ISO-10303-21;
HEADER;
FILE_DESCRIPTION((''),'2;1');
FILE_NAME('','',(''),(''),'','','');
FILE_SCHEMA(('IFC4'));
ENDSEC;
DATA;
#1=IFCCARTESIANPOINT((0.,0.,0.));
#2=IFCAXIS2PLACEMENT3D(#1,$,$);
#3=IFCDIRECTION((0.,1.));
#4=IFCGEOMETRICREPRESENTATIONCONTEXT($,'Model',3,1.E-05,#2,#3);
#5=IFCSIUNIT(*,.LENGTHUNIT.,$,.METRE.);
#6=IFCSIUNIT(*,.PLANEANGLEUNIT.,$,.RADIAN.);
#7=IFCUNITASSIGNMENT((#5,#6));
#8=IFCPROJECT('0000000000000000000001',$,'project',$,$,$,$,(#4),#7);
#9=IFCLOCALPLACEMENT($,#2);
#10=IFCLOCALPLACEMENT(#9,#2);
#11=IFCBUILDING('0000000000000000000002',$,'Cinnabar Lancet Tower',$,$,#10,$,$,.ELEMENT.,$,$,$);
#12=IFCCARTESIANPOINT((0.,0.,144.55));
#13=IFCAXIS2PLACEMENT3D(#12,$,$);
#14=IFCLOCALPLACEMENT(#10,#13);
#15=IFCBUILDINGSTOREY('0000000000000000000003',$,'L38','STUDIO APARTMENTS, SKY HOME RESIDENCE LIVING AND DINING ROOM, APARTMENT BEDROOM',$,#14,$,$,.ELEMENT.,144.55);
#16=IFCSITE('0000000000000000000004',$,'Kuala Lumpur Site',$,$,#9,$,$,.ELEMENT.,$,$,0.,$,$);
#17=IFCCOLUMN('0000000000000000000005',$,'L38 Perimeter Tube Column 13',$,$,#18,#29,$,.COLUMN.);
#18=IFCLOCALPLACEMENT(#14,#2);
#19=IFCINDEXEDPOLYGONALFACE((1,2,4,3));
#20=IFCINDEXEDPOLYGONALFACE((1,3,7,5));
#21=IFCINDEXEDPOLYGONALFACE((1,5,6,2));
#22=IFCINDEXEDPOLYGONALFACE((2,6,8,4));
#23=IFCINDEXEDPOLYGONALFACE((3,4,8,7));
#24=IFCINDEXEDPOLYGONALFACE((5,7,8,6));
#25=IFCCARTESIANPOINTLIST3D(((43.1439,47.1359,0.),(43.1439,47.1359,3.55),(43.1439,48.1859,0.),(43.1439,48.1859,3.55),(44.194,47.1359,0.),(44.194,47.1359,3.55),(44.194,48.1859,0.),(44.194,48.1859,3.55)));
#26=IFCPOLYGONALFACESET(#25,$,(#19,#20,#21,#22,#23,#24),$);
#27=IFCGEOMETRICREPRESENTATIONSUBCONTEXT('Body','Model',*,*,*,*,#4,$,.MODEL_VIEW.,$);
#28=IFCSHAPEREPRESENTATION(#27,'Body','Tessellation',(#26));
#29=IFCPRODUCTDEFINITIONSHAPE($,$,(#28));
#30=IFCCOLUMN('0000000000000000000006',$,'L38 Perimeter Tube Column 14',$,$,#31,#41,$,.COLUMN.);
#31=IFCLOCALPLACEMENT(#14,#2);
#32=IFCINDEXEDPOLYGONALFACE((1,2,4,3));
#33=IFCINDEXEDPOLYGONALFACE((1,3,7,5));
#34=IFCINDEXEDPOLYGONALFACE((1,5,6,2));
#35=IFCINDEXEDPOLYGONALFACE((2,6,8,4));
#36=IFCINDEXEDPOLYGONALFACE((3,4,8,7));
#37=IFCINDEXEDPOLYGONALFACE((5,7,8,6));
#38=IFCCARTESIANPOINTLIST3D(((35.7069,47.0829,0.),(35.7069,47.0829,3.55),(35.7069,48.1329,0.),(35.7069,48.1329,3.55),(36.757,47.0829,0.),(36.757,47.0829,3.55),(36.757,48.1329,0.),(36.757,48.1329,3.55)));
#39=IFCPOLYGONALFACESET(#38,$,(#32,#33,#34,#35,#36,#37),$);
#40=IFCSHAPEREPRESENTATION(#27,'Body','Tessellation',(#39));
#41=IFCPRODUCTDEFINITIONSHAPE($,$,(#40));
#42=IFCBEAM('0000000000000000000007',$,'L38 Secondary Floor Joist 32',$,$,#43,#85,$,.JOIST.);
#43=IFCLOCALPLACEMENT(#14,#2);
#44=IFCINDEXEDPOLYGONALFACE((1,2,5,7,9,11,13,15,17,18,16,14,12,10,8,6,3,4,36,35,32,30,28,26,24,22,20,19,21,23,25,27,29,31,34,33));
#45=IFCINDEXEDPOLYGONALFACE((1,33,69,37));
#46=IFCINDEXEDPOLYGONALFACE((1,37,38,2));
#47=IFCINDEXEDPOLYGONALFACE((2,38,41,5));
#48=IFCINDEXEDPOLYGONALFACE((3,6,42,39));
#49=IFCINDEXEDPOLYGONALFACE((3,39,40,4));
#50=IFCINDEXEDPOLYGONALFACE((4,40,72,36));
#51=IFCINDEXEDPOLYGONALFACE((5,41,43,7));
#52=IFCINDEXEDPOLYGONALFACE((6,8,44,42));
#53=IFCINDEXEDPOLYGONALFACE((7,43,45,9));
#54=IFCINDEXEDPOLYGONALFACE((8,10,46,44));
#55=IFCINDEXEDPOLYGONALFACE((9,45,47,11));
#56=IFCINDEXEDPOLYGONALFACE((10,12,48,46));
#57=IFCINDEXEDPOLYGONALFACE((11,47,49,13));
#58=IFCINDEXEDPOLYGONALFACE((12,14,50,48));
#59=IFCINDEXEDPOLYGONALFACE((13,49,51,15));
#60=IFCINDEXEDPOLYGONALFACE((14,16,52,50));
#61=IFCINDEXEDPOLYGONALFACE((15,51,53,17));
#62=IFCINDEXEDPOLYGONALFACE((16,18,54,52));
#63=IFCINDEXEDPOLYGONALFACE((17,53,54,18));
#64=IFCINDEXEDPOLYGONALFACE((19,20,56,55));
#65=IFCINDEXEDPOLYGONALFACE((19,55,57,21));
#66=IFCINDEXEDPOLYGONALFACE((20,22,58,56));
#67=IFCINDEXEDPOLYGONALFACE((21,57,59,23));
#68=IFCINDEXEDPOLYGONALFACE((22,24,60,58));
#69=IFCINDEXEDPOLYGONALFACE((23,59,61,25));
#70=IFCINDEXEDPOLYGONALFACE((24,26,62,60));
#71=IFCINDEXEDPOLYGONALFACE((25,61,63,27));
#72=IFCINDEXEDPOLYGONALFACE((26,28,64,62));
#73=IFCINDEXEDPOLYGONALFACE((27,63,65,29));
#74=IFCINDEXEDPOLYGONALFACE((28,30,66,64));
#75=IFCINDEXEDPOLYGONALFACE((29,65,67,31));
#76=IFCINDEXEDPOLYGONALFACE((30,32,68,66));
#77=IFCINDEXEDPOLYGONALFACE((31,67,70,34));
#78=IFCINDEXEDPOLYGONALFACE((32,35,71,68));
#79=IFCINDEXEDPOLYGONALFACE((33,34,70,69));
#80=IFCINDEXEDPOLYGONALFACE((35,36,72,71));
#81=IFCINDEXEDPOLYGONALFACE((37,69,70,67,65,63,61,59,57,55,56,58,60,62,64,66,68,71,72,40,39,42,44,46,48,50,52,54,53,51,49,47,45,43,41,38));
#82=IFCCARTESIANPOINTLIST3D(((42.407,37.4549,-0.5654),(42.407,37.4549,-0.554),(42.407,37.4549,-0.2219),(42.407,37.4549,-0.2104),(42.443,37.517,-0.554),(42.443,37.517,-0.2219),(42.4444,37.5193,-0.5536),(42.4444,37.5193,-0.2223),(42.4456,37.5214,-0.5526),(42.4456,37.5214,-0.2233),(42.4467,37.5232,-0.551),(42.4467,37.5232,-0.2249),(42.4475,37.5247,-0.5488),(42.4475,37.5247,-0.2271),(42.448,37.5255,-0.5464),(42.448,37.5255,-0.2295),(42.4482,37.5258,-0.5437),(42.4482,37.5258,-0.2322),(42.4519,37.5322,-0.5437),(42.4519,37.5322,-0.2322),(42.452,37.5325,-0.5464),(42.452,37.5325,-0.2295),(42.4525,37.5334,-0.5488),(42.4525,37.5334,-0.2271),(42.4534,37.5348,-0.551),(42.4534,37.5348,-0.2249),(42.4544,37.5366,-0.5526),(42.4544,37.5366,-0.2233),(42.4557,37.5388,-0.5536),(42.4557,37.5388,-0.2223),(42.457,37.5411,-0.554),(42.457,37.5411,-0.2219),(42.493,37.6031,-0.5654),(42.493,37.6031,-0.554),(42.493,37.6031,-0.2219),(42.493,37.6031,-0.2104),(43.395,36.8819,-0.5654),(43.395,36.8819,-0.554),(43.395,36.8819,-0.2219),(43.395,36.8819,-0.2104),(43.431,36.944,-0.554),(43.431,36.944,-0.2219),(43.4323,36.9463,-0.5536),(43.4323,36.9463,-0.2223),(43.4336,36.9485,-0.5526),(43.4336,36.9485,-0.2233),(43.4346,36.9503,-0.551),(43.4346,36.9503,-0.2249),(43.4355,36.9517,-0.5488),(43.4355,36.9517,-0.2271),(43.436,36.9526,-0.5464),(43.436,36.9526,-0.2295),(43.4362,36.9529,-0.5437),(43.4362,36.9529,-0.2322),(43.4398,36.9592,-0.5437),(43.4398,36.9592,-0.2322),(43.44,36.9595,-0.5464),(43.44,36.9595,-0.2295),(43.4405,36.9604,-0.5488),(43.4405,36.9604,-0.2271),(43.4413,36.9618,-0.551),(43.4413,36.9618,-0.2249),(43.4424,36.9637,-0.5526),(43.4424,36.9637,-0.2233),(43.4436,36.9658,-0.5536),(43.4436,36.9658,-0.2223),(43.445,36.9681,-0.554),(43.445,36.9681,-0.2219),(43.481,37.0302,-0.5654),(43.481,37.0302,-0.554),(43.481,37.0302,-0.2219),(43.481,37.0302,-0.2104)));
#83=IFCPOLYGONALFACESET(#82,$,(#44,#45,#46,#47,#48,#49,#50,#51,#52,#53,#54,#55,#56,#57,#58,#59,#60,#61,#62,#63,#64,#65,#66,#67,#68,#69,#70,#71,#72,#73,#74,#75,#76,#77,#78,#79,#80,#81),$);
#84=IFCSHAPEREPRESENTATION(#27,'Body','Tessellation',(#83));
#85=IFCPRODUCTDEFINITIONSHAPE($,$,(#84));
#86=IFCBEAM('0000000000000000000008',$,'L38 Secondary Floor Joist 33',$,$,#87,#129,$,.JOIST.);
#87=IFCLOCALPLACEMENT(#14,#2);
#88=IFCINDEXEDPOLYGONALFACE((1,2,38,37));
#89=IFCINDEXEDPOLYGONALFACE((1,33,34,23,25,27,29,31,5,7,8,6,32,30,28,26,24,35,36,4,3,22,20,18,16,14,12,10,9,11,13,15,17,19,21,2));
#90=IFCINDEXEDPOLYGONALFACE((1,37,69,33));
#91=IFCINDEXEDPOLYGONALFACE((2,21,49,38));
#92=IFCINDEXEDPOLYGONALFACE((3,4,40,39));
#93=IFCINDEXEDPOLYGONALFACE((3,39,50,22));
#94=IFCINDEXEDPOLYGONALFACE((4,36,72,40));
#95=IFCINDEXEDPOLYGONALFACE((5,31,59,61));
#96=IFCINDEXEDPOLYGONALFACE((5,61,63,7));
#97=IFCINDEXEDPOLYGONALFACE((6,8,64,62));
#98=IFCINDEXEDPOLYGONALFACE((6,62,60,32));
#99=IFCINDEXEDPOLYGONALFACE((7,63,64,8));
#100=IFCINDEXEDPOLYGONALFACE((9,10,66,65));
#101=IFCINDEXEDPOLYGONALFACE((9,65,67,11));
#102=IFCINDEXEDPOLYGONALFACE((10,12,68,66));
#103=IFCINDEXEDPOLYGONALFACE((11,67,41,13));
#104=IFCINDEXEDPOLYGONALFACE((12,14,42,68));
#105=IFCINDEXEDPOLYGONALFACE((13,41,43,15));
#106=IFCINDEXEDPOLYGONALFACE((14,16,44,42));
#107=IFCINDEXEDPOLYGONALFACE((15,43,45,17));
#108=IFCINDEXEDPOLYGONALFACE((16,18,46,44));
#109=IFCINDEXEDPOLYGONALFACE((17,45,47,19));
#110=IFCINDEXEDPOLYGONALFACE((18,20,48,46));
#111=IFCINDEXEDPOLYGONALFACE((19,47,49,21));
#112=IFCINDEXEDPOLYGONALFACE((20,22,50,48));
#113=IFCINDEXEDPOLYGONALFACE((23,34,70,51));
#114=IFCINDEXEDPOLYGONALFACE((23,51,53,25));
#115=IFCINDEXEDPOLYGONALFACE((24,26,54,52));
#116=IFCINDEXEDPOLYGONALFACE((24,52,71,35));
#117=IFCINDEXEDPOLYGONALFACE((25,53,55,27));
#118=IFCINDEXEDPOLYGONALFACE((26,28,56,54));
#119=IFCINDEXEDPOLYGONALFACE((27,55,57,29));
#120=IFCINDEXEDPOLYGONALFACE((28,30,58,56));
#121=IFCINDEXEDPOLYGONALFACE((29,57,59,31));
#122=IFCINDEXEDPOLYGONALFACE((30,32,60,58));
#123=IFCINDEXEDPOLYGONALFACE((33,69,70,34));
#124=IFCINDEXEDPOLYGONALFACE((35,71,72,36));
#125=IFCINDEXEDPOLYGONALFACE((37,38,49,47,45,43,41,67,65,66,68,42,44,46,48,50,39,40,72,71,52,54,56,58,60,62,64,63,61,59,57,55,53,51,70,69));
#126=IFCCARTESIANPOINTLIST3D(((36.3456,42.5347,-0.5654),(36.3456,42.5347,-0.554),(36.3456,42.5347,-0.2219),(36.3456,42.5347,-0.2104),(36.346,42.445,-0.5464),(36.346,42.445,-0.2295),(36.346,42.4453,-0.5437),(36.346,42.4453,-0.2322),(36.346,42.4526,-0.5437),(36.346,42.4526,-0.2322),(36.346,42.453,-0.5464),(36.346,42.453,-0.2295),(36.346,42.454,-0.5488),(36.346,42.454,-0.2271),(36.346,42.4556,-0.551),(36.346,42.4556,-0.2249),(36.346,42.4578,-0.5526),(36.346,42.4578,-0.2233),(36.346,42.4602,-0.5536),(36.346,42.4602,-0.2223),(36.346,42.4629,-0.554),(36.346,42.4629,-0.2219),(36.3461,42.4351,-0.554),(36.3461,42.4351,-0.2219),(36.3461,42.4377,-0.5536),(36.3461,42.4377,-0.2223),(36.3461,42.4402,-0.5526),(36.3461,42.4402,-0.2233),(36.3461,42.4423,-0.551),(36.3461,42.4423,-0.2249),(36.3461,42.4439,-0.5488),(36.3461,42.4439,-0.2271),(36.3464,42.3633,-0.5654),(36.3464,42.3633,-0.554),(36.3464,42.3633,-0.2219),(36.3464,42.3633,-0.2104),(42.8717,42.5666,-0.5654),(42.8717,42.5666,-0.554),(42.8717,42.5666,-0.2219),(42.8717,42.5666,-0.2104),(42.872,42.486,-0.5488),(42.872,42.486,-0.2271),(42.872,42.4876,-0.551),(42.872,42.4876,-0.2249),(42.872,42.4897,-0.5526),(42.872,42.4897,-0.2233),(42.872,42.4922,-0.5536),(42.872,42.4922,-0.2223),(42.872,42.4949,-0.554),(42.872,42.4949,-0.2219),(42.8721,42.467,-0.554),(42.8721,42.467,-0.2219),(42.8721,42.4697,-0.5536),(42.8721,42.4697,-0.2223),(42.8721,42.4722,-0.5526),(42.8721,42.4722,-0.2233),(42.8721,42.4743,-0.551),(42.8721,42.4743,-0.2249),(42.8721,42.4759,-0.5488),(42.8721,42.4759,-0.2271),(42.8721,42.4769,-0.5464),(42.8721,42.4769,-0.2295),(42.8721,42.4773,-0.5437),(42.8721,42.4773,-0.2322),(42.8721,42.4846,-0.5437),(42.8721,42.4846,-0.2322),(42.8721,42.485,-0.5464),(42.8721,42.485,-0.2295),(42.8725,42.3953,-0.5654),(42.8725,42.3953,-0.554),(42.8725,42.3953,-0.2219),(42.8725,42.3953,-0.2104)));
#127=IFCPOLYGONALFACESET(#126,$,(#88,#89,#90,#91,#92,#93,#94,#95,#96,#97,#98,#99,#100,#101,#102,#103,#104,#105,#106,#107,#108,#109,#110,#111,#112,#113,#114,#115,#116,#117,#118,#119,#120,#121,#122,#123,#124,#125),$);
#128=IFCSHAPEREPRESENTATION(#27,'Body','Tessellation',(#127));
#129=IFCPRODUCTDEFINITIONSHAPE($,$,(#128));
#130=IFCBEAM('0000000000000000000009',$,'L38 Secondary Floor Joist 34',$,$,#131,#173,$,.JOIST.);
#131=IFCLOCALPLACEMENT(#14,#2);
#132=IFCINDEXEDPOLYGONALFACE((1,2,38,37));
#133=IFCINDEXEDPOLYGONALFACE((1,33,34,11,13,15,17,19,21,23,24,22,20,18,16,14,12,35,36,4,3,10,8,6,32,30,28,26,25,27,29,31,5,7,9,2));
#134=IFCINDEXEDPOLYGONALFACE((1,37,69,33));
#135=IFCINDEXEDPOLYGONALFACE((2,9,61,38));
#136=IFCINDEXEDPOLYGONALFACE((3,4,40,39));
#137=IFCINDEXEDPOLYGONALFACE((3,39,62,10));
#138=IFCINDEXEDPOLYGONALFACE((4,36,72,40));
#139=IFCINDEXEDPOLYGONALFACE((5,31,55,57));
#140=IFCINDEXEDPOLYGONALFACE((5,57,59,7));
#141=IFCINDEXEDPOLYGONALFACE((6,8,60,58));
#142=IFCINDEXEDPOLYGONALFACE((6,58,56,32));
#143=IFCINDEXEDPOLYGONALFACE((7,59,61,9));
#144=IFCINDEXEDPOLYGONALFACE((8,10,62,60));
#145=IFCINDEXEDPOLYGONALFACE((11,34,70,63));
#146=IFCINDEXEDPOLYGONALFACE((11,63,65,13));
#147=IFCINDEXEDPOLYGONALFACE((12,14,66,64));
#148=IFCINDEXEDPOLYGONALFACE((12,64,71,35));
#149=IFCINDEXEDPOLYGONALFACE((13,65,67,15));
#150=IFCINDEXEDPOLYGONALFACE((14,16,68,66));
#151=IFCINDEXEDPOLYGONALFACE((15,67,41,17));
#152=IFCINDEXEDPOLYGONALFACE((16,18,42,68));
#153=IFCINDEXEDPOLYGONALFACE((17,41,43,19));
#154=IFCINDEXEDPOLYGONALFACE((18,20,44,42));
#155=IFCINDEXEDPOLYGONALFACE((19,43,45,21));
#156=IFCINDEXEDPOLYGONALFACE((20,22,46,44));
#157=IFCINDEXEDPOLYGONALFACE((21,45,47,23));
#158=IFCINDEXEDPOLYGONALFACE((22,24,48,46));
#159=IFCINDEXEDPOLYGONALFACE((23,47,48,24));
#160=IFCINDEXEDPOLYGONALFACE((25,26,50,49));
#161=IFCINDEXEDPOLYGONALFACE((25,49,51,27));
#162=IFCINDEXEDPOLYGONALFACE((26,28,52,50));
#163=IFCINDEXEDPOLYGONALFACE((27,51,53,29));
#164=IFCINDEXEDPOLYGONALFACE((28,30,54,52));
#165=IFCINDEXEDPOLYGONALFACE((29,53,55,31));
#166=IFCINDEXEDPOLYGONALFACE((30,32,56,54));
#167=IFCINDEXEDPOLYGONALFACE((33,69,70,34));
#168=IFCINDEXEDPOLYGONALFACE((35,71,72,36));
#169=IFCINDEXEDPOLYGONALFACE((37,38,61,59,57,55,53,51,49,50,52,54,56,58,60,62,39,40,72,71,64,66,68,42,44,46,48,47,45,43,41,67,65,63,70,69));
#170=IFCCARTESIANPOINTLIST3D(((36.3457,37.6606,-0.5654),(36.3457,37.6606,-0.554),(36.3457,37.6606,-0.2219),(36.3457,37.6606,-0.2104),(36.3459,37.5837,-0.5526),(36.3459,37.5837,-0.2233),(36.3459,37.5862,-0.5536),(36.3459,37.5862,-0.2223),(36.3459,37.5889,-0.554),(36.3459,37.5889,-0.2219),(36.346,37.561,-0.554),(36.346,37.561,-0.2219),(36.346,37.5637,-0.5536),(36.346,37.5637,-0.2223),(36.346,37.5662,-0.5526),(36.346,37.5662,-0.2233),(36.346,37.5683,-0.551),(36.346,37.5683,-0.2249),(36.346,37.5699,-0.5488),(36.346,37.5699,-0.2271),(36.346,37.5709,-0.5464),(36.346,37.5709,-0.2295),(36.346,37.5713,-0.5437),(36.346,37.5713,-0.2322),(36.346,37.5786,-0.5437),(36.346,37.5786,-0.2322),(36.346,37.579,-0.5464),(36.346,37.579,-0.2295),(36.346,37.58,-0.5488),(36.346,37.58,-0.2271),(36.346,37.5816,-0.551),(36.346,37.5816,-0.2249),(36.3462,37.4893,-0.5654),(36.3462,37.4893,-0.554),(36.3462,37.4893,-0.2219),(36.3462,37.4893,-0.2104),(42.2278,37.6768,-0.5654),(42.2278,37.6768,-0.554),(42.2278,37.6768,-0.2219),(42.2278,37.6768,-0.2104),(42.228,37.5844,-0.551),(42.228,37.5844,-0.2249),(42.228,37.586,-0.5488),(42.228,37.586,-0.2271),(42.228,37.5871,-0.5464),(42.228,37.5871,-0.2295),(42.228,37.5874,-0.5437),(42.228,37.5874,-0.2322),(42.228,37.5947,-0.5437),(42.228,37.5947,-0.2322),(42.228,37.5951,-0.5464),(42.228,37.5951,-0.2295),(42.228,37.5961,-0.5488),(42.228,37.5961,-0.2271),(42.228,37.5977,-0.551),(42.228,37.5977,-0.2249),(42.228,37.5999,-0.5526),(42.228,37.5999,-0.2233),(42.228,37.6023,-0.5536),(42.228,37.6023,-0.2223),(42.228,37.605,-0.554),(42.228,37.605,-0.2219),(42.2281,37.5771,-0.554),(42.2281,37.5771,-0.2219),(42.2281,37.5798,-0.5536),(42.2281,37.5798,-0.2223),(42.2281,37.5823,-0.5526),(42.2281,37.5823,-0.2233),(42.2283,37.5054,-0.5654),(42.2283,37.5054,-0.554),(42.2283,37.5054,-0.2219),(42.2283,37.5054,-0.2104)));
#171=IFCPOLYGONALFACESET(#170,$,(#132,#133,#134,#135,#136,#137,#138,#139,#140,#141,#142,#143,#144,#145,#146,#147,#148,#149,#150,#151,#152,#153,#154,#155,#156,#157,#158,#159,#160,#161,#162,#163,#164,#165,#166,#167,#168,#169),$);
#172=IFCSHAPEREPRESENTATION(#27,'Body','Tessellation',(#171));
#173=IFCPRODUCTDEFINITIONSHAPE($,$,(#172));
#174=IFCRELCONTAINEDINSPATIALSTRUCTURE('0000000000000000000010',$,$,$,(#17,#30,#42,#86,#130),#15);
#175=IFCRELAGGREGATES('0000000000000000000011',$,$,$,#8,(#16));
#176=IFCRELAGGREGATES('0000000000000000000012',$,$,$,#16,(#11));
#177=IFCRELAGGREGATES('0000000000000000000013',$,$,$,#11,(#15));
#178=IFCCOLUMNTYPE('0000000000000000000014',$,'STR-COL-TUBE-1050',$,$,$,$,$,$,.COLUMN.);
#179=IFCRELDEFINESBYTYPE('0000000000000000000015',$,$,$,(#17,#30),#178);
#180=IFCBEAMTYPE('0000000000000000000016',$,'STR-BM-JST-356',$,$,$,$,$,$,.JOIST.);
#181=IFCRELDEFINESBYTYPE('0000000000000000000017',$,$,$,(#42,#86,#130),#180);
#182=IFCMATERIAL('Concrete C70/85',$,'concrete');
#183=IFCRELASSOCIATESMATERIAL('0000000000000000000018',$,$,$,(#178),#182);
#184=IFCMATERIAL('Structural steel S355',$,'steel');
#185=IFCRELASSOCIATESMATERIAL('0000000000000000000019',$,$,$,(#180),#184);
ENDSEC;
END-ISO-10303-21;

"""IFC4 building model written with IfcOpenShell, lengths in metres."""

from ifc_helpers import new_model, si_unit, direction, frame, origin, origin_2d, place, context, subcontext, project, spatial, rectangle, i_section, extrude, material, material_profile, profile_set, type_object, element, save


model = new_model("IFC4")

# Units and contexts
model_context = context("Model", 3, precision=1e-05, world=origin(), true_north=direction((0.0, 1.0)))
body_context = subcontext(model_context, "Body", "Model", "MODEL_VIEW")
ifc_project = project(units=[si_unit("LENGTHUNIT", "METRE"), si_unit("PLANEANGLEUNIT", "RADIAN")], contexts=[model_context])

# Site, building, storey
site_placement = place(None, origin())
site = spatial("IfcSite", under=ifc_project, at=site_placement, Name="Kuala Lumpur Site", CompositionType="ELEMENT", RefElevation=0.0)
building_placement = place(site_placement, origin())
building = spatial("IfcBuilding", under=site, at=building_placement, Name="Cinnabar Lancet Tower", CompositionType="ELEMENT")
storey_placement = place(building_placement, frame((0.0, 0.0, 144.55)))
storey = spatial("IfcBuildingStorey", under=building, at=storey_placement, Name="L38", Description="STUDIO APARTMENTS, SKY HOME RESIDENCE LIVING AND DINING ROOM, APARTMENT BEDROOM", CompositionType="ELEMENT", Elevation=144.55)

# Columns
ifc_material_1 = material(Name="Concrete C70/85", Category="concrete")
ifc_material_profile_1 = material_profile(ifc_material_1, rectangle(XDim=1.05, YDim=1.05, at=origin_2d()), Name="RC-COL 1050x1050")
ifc_profile_set_1 = profile_set([ifc_material_profile_1], Name="Concrete C70/85")
column_type = type_object("IfcColumnType", Name="STR-COL-TUBE-1050", PredefinedType="COLUMN", material=ifc_profile_set_1)
for number, where, z_axis, x_axis, name in (
    (1, (43.6689, 47.6609, 0.0), (0.0, 0.0, 1.0), (1.0, 0.0, 0.0), "L38 Perimeter Tube Column 13"),
    (2, (36.2319, 47.6079, 0.0), (0.0, 0.0, 1.0), (1.0, 0.0, 0.0), "L38 Perimeter Tube Column 14"),
):
    element("IfcColumn", number, at=place(storey_placement, frame(where, z_axis=z_axis, x_axis=x_axis)), inside=storey, type_object=column_type, Name=name, PredefinedType="COLUMN", context=body_context, shape_type="SweptSolid", body=[
        extrude(rectangle(XDim=1.05, YDim=1.05, at=origin_2d()), origin(), (0.0, 0.0, 1.0), 3.55),
    ])

# Beams
ifc_material_2 = material(Name="Structural steel S355", Category="steel")
ifc_material_profile_2 = material_profile(ifc_material_2, i_section(OverallWidth=0.1714, OverallDepth=0.355, WebThickness=0.0073, FlangeThickness=0.0115, FilletRadius=0.0103, at=origin_2d()), Name="UKB 356x171x51")
ifc_profile_set_2 = profile_set([ifc_material_profile_2], Name="Structural steel S355")
beam_type_1 = type_object("IfcBeamType", Name="STR-BM-JST-356", PredefinedType="JOIST", material=ifc_profile_set_2)
beam_1_placement = place(storey_placement, frame((43.438, 36.9561, -0.3879), z_axis=(-0.865055, 0.501677, 0.0), x_axis=(-0.501677, -0.865055, 0.0)))
element("IfcBeam", 3, at=beam_1_placement, inside=storey, type_object=beam_type_1, Name="L38 Secondary Floor Joist 32", PredefinedType="JOIST", context=body_context, shape_type="SweptSolid", body=[
    extrude(i_section(OverallWidth=0.1714, OverallDepth=0.355, WebThickness=0.0073, FlangeThickness=0.0115, FilletRadius=0.0103, at=origin_2d()), origin(), (0.0, 0.0, 1.0), 1.1421),
])
beam_2_placement = place(storey_placement, frame((42.8721, 42.481, -0.3879), z_axis=(-0.999988, -0.004901, 0.0), x_axis=(0.004901, -0.999988, 0.0)))
element("IfcBeam", 4, at=beam_2_placement, inside=storey, type_object=beam_type_1, Name="L38 Secondary Floor Joist 33", PredefinedType="JOIST", context=body_context, shape_type="SweptSolid", body=[
    extrude(i_section(OverallWidth=0.1714, OverallDepth=0.355, WebThickness=0.0073, FlangeThickness=0.0115, FilletRadius=0.0103, at=origin_2d()), origin(), (0.0, 0.0, 1.0), 6.5261),
])
beam_3_placement = place(storey_placement, frame((42.228, 37.5911, -0.3879), z_axis=(-0.999996, -0.002739, 0.0), x_axis=(0.002739, -0.999996, 0.0)))
element("IfcBeam", 5, at=beam_3_placement, inside=storey, type_object=beam_type_1, Name="L38 Secondary Floor Joist 34", PredefinedType="JOIST", context=body_context, shape_type="SweptSolid", body=[
    extrude(i_section(OverallWidth=0.1714, OverallDepth=0.355, WebThickness=0.0073, FlangeThickness=0.0115, FilletRadius=0.0103, at=origin_2d()), origin(), (0.0, 0.0, 1.0), 5.8821),
])

save(model, "model.ifc")
